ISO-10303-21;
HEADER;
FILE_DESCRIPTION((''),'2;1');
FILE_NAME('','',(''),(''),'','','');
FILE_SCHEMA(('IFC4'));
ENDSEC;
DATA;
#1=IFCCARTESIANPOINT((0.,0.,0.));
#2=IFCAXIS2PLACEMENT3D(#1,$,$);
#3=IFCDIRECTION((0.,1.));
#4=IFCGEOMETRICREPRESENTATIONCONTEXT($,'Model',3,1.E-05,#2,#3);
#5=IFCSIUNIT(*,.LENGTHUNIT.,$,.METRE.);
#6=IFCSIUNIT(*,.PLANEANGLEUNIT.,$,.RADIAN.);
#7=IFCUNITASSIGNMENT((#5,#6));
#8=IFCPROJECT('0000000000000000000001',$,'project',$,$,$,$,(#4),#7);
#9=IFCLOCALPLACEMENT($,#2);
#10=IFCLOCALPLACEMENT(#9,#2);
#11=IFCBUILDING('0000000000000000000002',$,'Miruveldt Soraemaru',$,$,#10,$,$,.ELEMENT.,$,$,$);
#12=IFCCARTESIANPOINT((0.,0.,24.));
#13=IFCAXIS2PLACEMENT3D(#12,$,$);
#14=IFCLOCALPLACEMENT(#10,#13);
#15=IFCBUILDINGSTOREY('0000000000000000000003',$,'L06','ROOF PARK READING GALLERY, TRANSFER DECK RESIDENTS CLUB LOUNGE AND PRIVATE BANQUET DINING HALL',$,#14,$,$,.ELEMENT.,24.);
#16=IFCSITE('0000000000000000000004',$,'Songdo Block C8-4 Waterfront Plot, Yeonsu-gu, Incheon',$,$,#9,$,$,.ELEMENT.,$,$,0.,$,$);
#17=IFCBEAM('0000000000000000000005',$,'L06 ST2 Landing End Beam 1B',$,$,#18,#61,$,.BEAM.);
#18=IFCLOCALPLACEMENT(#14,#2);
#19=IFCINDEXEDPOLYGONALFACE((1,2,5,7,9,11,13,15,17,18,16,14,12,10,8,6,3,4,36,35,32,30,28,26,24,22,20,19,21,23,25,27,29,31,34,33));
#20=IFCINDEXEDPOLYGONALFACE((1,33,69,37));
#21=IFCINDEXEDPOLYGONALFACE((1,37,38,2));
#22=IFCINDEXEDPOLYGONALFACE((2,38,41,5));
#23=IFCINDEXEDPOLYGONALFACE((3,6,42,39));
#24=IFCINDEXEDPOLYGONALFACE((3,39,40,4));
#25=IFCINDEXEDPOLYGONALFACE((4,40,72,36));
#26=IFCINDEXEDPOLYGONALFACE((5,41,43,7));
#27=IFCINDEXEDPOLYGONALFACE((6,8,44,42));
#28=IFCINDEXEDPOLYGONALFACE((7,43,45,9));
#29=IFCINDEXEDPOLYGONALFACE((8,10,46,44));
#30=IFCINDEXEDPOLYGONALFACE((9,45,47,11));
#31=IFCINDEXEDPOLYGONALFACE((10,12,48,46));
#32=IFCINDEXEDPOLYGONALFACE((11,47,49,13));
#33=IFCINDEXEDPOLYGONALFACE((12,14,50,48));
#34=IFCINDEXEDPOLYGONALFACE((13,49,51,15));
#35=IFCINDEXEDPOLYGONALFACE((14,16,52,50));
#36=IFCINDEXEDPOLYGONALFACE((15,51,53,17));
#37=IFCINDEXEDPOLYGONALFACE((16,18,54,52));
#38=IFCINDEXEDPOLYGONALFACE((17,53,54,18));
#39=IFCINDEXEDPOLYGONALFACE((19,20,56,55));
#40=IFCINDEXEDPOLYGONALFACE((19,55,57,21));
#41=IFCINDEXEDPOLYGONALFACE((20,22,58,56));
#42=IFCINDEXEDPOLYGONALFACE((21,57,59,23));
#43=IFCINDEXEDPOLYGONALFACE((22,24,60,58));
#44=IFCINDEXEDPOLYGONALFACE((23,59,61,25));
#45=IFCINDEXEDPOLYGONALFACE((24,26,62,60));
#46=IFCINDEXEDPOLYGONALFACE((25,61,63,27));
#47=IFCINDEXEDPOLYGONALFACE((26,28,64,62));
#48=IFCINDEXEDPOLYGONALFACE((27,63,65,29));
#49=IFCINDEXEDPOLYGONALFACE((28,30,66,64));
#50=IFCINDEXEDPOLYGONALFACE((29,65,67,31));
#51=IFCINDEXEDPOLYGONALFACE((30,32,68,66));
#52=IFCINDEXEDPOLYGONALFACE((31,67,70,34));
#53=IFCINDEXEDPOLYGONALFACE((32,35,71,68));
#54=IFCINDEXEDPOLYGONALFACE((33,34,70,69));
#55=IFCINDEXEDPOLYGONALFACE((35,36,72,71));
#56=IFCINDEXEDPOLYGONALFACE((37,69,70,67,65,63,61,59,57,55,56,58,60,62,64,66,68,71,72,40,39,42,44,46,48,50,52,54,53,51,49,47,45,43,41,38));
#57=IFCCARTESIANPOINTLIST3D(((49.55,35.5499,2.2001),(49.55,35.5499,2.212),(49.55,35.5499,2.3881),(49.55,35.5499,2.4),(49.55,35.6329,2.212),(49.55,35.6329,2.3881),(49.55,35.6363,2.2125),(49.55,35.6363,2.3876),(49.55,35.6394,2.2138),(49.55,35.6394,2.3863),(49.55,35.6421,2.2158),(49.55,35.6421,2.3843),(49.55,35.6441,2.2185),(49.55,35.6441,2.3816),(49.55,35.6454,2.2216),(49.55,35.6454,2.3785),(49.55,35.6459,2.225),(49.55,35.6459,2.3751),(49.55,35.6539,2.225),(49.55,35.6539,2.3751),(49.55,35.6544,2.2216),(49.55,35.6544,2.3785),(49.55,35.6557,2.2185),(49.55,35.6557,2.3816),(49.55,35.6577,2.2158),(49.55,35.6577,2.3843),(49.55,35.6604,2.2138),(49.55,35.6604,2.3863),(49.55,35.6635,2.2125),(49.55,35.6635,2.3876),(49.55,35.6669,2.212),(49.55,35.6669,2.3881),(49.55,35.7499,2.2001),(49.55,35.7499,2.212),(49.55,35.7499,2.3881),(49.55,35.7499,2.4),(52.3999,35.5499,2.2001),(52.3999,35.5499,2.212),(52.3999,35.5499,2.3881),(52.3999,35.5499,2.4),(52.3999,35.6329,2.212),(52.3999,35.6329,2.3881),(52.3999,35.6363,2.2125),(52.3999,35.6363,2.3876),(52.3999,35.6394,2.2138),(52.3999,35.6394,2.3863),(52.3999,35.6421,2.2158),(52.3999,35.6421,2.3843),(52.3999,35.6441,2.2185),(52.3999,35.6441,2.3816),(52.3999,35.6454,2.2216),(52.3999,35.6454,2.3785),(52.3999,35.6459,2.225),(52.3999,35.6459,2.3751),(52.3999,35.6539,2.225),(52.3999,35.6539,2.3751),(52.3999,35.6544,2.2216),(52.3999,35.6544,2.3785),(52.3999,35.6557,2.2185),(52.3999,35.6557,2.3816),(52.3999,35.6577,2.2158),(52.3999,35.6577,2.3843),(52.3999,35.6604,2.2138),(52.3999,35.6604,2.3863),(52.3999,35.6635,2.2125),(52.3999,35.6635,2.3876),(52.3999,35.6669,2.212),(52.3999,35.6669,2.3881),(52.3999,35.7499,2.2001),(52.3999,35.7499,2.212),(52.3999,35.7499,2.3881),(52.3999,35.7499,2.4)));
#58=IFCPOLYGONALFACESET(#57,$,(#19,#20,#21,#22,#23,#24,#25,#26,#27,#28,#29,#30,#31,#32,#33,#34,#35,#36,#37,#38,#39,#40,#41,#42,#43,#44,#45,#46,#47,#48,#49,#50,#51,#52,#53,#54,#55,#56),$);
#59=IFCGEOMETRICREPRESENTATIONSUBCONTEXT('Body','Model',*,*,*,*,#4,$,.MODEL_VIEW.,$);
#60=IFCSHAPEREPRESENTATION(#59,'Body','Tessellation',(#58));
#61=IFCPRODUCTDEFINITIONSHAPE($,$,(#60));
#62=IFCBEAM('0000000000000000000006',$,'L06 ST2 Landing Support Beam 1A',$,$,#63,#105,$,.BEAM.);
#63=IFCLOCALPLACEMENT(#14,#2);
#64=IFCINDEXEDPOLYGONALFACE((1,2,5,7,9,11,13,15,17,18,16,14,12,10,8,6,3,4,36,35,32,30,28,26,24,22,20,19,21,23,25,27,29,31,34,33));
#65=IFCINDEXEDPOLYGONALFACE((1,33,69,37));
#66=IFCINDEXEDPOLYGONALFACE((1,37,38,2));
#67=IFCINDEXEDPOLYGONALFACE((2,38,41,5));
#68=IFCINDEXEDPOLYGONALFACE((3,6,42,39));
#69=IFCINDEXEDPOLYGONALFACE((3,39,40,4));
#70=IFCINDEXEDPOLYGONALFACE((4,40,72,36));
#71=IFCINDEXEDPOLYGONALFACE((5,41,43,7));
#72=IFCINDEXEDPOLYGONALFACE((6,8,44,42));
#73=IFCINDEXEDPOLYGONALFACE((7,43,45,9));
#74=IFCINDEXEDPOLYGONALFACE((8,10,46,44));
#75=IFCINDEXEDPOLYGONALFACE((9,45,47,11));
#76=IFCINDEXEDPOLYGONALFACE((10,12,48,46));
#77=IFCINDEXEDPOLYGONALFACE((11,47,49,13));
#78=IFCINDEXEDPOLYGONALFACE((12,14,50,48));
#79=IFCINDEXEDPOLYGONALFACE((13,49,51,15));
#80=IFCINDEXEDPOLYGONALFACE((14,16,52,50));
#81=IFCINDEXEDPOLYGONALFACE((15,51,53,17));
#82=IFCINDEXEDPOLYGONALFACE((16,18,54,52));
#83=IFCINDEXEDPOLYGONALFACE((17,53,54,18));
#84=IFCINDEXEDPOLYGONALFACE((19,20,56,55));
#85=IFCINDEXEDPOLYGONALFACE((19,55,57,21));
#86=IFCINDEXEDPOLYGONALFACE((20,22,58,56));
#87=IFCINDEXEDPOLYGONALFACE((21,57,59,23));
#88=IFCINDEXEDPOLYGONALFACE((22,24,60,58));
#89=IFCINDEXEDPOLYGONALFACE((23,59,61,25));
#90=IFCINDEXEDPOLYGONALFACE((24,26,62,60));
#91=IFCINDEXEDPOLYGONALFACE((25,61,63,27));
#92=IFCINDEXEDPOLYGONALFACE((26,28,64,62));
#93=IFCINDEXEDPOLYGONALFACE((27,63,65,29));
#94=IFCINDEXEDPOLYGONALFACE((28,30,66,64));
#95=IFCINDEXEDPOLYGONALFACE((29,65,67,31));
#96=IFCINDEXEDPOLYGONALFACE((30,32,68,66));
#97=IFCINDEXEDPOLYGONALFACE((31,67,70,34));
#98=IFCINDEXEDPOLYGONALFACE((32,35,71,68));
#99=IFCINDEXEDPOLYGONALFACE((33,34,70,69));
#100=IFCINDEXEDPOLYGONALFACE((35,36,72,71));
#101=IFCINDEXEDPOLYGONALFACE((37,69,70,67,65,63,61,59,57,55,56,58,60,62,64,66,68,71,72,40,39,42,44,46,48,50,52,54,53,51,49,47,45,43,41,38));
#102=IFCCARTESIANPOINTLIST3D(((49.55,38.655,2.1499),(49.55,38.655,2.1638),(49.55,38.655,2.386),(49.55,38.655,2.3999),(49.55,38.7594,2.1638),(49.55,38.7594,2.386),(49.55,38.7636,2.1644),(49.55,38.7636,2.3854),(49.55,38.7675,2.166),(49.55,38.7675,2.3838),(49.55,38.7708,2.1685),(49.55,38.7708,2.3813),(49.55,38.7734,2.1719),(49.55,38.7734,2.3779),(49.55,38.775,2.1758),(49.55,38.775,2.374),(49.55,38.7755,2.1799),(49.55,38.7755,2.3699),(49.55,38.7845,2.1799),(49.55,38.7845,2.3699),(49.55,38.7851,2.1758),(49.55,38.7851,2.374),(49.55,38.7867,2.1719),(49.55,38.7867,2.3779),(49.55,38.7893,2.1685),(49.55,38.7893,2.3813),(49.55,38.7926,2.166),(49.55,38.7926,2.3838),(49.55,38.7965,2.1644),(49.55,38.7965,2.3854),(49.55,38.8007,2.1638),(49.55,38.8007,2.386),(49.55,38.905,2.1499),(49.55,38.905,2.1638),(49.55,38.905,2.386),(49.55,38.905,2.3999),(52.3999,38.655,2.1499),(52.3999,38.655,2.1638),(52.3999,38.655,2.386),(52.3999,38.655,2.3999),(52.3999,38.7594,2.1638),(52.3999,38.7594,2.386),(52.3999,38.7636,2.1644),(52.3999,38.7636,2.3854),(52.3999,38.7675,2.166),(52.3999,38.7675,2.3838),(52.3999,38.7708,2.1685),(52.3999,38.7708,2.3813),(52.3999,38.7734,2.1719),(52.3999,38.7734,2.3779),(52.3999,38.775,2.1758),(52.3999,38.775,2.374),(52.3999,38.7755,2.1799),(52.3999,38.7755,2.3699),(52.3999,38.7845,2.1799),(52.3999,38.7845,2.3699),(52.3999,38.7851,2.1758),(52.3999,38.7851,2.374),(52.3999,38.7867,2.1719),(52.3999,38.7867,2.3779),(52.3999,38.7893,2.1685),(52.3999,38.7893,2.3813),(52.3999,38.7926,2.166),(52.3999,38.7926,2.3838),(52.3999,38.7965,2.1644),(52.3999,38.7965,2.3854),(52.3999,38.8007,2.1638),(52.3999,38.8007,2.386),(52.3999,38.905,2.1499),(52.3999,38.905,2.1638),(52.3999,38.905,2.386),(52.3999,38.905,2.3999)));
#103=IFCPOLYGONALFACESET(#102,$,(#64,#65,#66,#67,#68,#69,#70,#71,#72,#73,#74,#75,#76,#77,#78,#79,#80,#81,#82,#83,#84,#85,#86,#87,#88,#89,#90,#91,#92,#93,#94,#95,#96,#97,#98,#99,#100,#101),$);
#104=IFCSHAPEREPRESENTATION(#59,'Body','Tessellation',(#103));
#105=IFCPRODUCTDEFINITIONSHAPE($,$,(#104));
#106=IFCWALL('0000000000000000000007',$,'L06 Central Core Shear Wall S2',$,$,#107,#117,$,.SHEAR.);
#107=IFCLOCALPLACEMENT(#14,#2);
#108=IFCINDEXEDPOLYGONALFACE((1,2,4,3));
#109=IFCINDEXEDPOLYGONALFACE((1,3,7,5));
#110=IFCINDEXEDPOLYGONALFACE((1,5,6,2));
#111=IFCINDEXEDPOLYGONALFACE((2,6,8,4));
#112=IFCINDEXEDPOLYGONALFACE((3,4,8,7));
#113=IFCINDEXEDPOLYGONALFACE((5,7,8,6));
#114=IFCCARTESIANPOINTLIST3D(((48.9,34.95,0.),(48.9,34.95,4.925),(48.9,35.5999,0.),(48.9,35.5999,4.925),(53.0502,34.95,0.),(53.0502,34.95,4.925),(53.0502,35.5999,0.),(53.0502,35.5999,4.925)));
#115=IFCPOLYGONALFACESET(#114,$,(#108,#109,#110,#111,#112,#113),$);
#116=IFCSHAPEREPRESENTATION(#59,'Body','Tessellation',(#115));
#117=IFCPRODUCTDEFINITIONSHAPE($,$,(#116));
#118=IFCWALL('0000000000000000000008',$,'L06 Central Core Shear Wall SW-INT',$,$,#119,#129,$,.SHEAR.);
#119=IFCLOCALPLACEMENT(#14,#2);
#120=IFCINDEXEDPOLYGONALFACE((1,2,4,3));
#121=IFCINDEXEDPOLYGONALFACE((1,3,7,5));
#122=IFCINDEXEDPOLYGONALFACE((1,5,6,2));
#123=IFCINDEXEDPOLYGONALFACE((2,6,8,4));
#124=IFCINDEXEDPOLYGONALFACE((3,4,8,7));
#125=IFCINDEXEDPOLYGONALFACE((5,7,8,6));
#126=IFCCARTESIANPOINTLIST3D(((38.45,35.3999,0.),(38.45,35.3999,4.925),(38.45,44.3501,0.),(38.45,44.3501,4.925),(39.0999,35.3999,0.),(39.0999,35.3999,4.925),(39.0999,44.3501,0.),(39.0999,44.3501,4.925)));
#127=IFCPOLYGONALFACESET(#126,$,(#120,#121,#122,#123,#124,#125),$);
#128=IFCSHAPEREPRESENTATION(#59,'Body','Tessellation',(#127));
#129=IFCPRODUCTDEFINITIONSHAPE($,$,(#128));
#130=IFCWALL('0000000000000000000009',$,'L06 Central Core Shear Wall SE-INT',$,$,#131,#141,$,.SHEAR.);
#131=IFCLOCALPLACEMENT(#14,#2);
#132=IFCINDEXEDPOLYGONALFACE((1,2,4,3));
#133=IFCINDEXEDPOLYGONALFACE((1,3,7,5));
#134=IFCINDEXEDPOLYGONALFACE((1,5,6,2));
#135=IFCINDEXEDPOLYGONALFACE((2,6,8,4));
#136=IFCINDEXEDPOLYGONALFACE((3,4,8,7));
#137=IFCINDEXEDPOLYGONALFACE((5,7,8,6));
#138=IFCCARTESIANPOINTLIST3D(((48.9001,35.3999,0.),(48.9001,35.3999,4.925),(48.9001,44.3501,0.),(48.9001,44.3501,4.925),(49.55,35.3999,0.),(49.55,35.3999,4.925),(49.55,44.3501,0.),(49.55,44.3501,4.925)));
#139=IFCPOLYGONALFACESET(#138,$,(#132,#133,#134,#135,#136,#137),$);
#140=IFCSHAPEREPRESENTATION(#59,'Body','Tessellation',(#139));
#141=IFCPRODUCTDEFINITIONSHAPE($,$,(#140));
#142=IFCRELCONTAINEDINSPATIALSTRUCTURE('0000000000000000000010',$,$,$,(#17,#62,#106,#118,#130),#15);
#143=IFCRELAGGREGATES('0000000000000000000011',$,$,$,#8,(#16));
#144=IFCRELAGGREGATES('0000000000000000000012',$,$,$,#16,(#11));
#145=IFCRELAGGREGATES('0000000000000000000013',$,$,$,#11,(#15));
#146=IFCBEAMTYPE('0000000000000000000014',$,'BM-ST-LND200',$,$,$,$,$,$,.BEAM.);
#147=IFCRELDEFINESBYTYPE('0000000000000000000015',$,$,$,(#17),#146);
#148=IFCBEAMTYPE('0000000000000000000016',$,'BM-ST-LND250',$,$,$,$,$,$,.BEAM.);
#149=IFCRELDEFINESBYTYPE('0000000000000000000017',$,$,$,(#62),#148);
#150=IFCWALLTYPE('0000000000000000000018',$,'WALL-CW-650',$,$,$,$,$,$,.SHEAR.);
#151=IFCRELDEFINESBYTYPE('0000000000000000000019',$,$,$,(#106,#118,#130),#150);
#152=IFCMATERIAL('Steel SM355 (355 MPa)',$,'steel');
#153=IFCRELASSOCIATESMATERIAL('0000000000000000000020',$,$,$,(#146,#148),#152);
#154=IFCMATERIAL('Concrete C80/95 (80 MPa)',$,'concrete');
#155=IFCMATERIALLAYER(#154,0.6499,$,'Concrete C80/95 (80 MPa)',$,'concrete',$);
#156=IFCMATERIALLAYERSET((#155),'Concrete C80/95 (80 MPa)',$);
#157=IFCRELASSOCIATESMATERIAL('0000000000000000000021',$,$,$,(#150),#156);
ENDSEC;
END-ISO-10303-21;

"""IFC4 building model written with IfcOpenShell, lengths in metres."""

from ifc_helpers import new_model, si_unit, direction, frame, frame_2d, origin, origin_2d, place, context, subcontext, project, spatial, rectangle, i_section, extrude, material, layer, layer_set, material_profile, profile_set, type_object, element, save


model = new_model("IFC4")

# Units and contexts
model_context = context("Model", 3, precision=1e-05, world=origin(), true_north=direction((0.0, 1.0)))
body_context = subcontext(model_context, "Body", "Model", "MODEL_VIEW")
ifc_project = project(units=[si_unit("LENGTHUNIT", "METRE"), si_unit("PLANEANGLEUNIT", "RADIAN")], contexts=[model_context])

# Site, building, storey
site_placement = place(None, origin())
site = spatial("IfcSite", under=ifc_project, at=site_placement, Name="Songdo Block C8-4 Waterfront Plot, Yeonsu-gu, Incheon", CompositionType="ELEMENT", RefElevation=0.0)
building_placement = place(site_placement, origin())
building = spatial("IfcBuilding", under=site, at=building_placement, Name="Miruveldt Soraemaru", CompositionType="ELEMENT")
storey_placement = place(building_placement, frame((0.0, 0.0, 24.0)))
storey = spatial("IfcBuildingStorey", under=building, at=storey_placement, Name="L06", Description="ROOF PARK READING GALLERY, TRANSFER DECK RESIDENTS CLUB LOUNGE AND PRIVATE BANQUET DINING HALL", CompositionType="ELEMENT", Elevation=24.0)

# Beams
ifc_material_1 = material(Name="Steel SM355 (355 MPa)", Category="steel")
ifc_material_profile_1 = material_profile(ifc_material_1, i_section(OverallWidth=0.2, OverallDepth=0.2, WebThickness=0.0081, FlangeThickness=0.012, FilletRadius=0.0129, at=origin_2d()), Name="Steel SM355 (355 MPa)", Category="steel")
ifc_profile_set_1 = profile_set([ifc_material_profile_1], Name="Steel SM355 (355 MPa)")
beam_type_1 = type_object("IfcBeamType", Name="BM-ST-LND200", PredefinedType="BEAM", material=ifc_profile_set_1)
beam_1_placement = place(storey_placement, frame((49.55, 35.6499, 2.3), z_axis=(1.0, 0.0, 0.0), x_axis=(0.0, 1.0, 0.0)))
element("IfcBeam", 1, at=beam_1_placement, inside=storey, type_object=beam_type_1, Name="L06 ST2 Landing End Beam 1B", PredefinedType="BEAM", context=body_context, shape_type="SweptSolid", body=[
    extrude(i_section(OverallWidth=0.2, OverallDepth=0.2, WebThickness=0.0081, FlangeThickness=0.012, FilletRadius=0.0129, at=origin_2d()), origin(), (0.0, 0.0, 1.0), 2.8499),
])
ifc_material_profile_2 = material_profile(ifc_material_1, i_section(OverallWidth=0.25, OverallDepth=0.25, WebThickness=0.009, FlangeThickness=0.0139, FilletRadius=0.0161, at=origin_2d()), Name="Steel SM355 (355 MPa)", Category="steel")
ifc_profile_set_2 = profile_set([ifc_material_profile_2], Name="Steel SM355 (355 MPa)")
beam_type_2 = type_object("IfcBeamType", Name="BM-ST-LND250", PredefinedType="BEAM", material=ifc_profile_set_2)
beam_2_placement = place(storey_placement, frame((49.55, 38.78, 2.2749), z_axis=(1.0, 0.0, 0.0), x_axis=(0.0, 1.0, 0.0)))
element("IfcBeam", 2, at=beam_2_placement, inside=storey, type_object=beam_type_2, Name="L06 ST2 Landing Support Beam 1A", PredefinedType="BEAM", context=body_context, shape_type="SweptSolid", body=[
    extrude(i_section(OverallWidth=0.25, OverallDepth=0.25, WebThickness=0.009, FlangeThickness=0.0139, FilletRadius=0.0161, at=origin_2d()), origin(), (0.0, 0.0, 1.0), 2.8499),
])

# Walls
ifc_material_2 = material(Name="Concrete C80/95 (80 MPa)", Category="concrete")
ifc_layer_1 = layer(ifc_material_2, 0.6499, Name="Concrete C80/95 (80 MPa)", Category="concrete")
ifc_layer_set_1 = layer_set([ifc_layer_1], Name="Concrete C80/95 (80 MPa)")
wall_type_1 = type_object("IfcWallType", Name="WALL-CW-650", PredefinedType="SHEAR", material=ifc_layer_set_1)
wall_1_placement = place(storey_placement, frame((48.8999, 35.2749, 0.0), z_axis=(0.0, 0.0, 1.0), x_axis=(1.0, 0.0, 0.0)))
element("IfcWall", 3, at=wall_1_placement, inside=storey, type_object=wall_type_1, Name="L06 Central Core Shear Wall S2", PredefinedType="SHEAR", context=body_context, shape_type="SweptSolid", body=[
    extrude(rectangle(XDim=4.1501, YDim=0.6499, at=frame_2d((2.0752, 0.0))), origin(), (0.0, 0.0, 1.0), 4.925),
])
for number, where, z_axis, x_axis, name in (
    (4, (38.7749, 35.3999, 0.0), (0.0, 0.0, 1.0), (0.0, 1.0, 0.0), "L06 Central Core Shear Wall SW-INT"),
    (5, (49.2251, 35.3999, 0.0), (0.0, 0.0, 1.0), (0.0, 1.0, 0.0), "L06 Central Core Shear Wall SE-INT"),
):
    element("IfcWall", number, at=place(storey_placement, frame(where, z_axis=z_axis, x_axis=x_axis)), inside=storey, type_object=wall_type_1, Name=name, PredefinedType="SHEAR", context=body_context, shape_type="SweptSolid", body=[
        extrude(rectangle(XDim=8.9502, YDim=0.6499, at=frame_2d((4.4751, 0.0))), origin(), (0.0, 0.0, 1.0), 4.925),
    ])

save(model, "model.ifc")
